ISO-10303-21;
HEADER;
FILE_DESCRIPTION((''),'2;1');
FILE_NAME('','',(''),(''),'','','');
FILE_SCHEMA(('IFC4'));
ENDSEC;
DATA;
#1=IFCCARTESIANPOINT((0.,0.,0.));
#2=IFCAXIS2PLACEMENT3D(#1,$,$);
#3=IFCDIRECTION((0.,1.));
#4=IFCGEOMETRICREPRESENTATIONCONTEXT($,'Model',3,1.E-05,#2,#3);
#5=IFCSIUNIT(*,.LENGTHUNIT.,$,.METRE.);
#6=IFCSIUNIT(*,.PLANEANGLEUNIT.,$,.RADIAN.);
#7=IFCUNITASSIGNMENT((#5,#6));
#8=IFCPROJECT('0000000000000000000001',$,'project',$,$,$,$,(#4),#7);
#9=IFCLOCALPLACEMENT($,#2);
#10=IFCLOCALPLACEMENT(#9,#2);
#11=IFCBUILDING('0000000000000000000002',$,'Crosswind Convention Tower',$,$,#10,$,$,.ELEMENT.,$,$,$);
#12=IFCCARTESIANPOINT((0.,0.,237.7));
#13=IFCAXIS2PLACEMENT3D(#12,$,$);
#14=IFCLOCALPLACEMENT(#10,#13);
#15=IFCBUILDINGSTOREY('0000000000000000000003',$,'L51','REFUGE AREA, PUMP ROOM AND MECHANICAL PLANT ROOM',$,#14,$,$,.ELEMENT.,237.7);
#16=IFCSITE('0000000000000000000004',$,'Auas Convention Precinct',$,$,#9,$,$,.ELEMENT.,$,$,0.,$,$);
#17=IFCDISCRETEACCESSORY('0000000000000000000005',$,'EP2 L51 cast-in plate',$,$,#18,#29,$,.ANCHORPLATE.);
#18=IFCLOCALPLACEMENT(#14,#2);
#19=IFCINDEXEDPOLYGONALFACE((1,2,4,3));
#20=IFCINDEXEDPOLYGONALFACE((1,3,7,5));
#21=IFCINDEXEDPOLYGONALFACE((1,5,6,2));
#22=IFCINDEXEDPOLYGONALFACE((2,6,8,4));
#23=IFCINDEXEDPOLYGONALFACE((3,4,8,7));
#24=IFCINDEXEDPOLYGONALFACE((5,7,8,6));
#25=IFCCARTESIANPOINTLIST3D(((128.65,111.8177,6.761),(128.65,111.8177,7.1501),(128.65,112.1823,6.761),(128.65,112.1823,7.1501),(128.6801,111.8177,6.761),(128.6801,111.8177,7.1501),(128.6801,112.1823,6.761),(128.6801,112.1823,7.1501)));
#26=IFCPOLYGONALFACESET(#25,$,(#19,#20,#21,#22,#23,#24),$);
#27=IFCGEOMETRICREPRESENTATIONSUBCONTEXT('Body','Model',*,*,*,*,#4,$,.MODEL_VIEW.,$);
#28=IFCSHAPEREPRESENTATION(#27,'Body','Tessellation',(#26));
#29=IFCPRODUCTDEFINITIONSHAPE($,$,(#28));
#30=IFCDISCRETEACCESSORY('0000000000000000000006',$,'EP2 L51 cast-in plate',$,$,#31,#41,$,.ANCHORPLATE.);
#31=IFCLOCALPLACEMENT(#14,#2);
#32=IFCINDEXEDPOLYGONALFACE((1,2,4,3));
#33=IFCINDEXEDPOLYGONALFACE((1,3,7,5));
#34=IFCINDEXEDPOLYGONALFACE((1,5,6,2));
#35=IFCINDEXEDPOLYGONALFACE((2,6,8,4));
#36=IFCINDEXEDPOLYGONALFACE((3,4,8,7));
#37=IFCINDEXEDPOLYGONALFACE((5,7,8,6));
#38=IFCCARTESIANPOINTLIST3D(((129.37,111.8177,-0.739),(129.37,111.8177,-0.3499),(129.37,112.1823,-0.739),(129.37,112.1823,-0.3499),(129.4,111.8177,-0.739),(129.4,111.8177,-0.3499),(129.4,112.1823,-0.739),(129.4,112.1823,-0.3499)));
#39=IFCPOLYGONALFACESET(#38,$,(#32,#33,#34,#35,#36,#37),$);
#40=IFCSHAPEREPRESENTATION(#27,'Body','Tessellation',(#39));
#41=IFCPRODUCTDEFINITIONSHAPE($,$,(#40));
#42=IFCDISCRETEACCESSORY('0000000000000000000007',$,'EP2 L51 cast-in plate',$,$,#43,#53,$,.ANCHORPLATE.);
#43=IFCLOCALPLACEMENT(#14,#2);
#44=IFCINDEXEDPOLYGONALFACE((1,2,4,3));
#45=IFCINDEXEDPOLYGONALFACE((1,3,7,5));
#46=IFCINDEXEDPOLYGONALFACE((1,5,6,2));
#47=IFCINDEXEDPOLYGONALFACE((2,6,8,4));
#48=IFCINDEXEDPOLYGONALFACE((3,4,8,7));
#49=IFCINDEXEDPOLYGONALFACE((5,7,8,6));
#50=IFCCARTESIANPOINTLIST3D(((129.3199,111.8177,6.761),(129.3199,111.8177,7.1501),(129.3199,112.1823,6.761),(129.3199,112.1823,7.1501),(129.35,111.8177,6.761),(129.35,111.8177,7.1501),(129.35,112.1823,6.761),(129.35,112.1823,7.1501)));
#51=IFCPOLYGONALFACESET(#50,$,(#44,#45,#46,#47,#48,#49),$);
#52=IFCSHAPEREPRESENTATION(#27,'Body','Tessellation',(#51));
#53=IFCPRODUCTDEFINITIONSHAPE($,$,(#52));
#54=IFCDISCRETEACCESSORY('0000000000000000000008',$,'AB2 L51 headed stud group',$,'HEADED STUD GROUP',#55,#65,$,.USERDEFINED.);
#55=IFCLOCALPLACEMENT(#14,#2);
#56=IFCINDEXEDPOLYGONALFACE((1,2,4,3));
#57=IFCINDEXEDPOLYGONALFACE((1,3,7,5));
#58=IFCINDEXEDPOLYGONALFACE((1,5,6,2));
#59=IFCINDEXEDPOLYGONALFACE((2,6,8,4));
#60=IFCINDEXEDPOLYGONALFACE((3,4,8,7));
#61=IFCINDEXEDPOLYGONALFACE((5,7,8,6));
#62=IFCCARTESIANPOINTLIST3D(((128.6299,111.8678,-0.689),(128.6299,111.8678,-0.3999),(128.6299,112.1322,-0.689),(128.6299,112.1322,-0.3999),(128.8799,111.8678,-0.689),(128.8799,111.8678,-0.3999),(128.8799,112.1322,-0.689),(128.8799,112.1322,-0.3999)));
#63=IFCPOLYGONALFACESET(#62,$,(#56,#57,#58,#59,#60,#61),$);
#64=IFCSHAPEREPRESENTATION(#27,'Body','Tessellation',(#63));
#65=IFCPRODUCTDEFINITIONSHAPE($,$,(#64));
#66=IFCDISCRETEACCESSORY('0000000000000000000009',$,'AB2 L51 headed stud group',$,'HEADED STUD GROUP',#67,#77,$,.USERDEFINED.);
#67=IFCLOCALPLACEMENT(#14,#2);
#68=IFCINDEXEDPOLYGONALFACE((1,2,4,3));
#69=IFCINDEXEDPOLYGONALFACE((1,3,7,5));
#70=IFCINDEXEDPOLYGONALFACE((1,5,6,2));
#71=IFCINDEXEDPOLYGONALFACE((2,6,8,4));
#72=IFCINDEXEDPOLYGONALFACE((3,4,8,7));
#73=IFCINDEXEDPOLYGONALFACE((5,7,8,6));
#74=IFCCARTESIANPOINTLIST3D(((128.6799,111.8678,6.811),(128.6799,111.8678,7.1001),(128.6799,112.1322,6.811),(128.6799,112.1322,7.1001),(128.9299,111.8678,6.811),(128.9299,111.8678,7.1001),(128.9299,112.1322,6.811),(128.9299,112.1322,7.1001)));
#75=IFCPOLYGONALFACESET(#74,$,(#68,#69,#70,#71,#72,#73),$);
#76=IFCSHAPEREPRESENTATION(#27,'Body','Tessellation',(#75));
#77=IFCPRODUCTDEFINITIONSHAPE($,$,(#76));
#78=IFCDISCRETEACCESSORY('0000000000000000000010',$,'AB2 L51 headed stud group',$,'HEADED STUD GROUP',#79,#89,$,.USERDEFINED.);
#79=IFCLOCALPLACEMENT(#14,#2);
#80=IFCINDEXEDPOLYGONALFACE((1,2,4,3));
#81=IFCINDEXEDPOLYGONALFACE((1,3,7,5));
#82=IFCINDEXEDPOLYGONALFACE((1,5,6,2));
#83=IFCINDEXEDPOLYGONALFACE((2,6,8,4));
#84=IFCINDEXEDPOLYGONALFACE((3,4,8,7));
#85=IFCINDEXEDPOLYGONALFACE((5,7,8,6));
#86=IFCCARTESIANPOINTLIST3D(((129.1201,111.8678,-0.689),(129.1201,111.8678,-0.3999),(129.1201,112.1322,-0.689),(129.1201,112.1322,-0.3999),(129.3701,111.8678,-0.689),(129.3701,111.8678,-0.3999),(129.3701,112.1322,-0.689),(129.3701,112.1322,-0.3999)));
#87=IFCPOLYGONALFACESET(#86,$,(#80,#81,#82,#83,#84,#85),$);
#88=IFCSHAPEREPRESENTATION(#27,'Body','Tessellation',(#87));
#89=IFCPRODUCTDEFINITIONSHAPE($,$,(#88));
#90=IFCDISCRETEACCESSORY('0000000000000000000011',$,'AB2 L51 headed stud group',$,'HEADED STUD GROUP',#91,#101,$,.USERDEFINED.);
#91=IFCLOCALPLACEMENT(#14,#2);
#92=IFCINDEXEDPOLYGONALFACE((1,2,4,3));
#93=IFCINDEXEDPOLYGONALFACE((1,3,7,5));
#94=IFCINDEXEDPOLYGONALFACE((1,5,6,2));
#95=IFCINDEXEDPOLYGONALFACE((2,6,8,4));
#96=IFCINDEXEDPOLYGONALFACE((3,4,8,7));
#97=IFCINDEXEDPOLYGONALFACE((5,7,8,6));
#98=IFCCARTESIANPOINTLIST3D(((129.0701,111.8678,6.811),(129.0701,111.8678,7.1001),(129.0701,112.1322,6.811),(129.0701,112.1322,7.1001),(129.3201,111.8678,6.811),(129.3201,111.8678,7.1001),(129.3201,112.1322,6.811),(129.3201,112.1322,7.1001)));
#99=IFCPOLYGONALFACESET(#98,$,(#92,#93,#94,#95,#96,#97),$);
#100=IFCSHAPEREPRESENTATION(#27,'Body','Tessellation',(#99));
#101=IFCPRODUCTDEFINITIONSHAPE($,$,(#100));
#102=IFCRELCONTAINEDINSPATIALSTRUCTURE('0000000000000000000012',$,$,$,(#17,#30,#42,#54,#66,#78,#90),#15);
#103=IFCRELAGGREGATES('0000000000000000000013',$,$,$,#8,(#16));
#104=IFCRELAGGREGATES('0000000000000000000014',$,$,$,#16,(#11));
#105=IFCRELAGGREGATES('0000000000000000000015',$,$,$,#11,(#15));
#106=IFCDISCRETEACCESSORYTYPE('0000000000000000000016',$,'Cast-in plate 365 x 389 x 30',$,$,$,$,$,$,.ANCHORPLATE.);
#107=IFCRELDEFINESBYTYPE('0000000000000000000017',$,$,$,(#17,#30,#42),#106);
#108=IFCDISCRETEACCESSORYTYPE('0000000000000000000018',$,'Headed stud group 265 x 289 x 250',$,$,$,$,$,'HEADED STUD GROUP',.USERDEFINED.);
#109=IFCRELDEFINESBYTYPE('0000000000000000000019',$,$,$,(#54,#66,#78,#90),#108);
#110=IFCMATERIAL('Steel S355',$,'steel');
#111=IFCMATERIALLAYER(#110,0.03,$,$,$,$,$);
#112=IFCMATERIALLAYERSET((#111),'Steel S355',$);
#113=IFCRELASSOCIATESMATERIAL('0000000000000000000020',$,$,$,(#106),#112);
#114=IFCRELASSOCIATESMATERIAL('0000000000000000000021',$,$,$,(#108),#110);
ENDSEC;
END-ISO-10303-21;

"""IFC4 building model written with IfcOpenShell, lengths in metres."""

from ifc_helpers import new_model, si_unit, direction, frame, origin, origin_2d, place, context, subcontext, project, spatial, rectangle, extrude, material, layer, layer_set, type_object, element, save


model = new_model("IFC4")

# Units and contexts
model_context = context("Model", 3, precision=1e-05, world=origin(), true_north=direction((0.0, 1.0)))
body_context = subcontext(model_context, "Body", "Model", "MODEL_VIEW")
ifc_project = project(units=[si_unit("LENGTHUNIT", "METRE"), si_unit("PLANEANGLEUNIT", "RADIAN")], contexts=[model_context])

# Site, building, storey
site_placement = place(None, origin())
site = spatial("IfcSite", under=ifc_project, at=site_placement, Name="Auas Convention Precinct", CompositionType="ELEMENT", RefElevation=0.0)
building_placement = place(site_placement, origin())
building = spatial("IfcBuilding", under=site, at=building_placement, Name="Crosswind Convention Tower", CompositionType="ELEMENT")
storey_placement = place(building_placement, frame((0.0, 0.0, 237.7)))
storey = spatial("IfcBuildingStorey", under=building, at=storey_placement, Name="L51", Description="REFUGE AREA, PUMP ROOM AND MECHANICAL PLANT ROOM", CompositionType="ELEMENT", Elevation=237.7)

# Shared definitions
ifc_material_1 = material(Name="Steel S355", Category="steel")

# Discrete accessories
ifc_layer_1 = layer(ifc_material_1, 0.03)
ifc_layer_set_1 = layer_set([ifc_layer_1], Name="Steel S355")
discrete_accessory_type_1 = type_object("IfcDiscreteAccessoryType", Name="Cast-in plate 365 x 389 x 30", PredefinedType="ANCHORPLATE", material=ifc_layer_set_1)
for number, where, z_axis, x_axis, name in (
    (1, (128.665, 112.0, 6.761), (0.0, 0.0, 1.0), (1.0, 0.0, 0.0), "EP2 L51 cast-in plate"),
    (2, (129.385, 112.0, -0.739), (0.0, 0.0, 1.0), (1.0, 0.0, 0.0), "EP2 L51 cast-in plate"),
    (3, (129.335, 112.0, 6.761), (0.0, 0.0, 1.0), (1.0, 0.0, 0.0), "EP2 L51 cast-in plate"),
):
    element("IfcDiscreteAccessory", number, at=place(storey_placement, frame(where, z_axis=z_axis, x_axis=x_axis)), inside=storey, type_object=discrete_accessory_type_1, Name=name, PredefinedType="ANCHORPLATE", context=body_context, shape_type="SweptSolid", body=[
        extrude(rectangle(XDim=0.03, YDim=0.3645, at=origin_2d()), origin(), (0.0, 0.0, 1.0), 0.3892),
    ])
discrete_accessory_type_2 = type_object("IfcDiscreteAccessoryType", Name="Headed stud group 265 x 289 x 250", ElementType="HEADED STUD GROUP", PredefinedType="USERDEFINED", material=ifc_material_1)
for number, where, z_axis, x_axis, name in (
    (4, (128.7549, 112.0, -0.689), (0.0, 0.0, 1.0), (1.0, 0.0, 0.0), "AB2 L51 headed stud group"),
    (5, (128.8049, 112.0, 6.811), (0.0, 0.0, 1.0), (1.0, 0.0, 0.0), "AB2 L51 headed stud group"),
    (6, (129.2451, 112.0, -0.689), (0.0, 0.0, 1.0), (1.0, 0.0, 0.0), "AB2 L51 headed stud group"),
    (7, (129.1951, 112.0, 6.811), (0.0, 0.0, 1.0), (1.0, 0.0, 0.0), "AB2 L51 headed stud group"),
):
    element("IfcDiscreteAccessory", number, at=place(storey_placement, frame(where, z_axis=z_axis, x_axis=x_axis)), inside=storey, type_object=discrete_accessory_type_2, Name=name, ObjectType="HEADED STUD GROUP", PredefinedType="USERDEFINED", context=body_context, shape_type="SweptSolid", body=[
        extrude(rectangle(XDim=0.25, YDim=0.2644, at=origin_2d()), origin(), (0.0, 0.0, 1.0), 0.2891),
    ])

save(model, "model.ifc")
